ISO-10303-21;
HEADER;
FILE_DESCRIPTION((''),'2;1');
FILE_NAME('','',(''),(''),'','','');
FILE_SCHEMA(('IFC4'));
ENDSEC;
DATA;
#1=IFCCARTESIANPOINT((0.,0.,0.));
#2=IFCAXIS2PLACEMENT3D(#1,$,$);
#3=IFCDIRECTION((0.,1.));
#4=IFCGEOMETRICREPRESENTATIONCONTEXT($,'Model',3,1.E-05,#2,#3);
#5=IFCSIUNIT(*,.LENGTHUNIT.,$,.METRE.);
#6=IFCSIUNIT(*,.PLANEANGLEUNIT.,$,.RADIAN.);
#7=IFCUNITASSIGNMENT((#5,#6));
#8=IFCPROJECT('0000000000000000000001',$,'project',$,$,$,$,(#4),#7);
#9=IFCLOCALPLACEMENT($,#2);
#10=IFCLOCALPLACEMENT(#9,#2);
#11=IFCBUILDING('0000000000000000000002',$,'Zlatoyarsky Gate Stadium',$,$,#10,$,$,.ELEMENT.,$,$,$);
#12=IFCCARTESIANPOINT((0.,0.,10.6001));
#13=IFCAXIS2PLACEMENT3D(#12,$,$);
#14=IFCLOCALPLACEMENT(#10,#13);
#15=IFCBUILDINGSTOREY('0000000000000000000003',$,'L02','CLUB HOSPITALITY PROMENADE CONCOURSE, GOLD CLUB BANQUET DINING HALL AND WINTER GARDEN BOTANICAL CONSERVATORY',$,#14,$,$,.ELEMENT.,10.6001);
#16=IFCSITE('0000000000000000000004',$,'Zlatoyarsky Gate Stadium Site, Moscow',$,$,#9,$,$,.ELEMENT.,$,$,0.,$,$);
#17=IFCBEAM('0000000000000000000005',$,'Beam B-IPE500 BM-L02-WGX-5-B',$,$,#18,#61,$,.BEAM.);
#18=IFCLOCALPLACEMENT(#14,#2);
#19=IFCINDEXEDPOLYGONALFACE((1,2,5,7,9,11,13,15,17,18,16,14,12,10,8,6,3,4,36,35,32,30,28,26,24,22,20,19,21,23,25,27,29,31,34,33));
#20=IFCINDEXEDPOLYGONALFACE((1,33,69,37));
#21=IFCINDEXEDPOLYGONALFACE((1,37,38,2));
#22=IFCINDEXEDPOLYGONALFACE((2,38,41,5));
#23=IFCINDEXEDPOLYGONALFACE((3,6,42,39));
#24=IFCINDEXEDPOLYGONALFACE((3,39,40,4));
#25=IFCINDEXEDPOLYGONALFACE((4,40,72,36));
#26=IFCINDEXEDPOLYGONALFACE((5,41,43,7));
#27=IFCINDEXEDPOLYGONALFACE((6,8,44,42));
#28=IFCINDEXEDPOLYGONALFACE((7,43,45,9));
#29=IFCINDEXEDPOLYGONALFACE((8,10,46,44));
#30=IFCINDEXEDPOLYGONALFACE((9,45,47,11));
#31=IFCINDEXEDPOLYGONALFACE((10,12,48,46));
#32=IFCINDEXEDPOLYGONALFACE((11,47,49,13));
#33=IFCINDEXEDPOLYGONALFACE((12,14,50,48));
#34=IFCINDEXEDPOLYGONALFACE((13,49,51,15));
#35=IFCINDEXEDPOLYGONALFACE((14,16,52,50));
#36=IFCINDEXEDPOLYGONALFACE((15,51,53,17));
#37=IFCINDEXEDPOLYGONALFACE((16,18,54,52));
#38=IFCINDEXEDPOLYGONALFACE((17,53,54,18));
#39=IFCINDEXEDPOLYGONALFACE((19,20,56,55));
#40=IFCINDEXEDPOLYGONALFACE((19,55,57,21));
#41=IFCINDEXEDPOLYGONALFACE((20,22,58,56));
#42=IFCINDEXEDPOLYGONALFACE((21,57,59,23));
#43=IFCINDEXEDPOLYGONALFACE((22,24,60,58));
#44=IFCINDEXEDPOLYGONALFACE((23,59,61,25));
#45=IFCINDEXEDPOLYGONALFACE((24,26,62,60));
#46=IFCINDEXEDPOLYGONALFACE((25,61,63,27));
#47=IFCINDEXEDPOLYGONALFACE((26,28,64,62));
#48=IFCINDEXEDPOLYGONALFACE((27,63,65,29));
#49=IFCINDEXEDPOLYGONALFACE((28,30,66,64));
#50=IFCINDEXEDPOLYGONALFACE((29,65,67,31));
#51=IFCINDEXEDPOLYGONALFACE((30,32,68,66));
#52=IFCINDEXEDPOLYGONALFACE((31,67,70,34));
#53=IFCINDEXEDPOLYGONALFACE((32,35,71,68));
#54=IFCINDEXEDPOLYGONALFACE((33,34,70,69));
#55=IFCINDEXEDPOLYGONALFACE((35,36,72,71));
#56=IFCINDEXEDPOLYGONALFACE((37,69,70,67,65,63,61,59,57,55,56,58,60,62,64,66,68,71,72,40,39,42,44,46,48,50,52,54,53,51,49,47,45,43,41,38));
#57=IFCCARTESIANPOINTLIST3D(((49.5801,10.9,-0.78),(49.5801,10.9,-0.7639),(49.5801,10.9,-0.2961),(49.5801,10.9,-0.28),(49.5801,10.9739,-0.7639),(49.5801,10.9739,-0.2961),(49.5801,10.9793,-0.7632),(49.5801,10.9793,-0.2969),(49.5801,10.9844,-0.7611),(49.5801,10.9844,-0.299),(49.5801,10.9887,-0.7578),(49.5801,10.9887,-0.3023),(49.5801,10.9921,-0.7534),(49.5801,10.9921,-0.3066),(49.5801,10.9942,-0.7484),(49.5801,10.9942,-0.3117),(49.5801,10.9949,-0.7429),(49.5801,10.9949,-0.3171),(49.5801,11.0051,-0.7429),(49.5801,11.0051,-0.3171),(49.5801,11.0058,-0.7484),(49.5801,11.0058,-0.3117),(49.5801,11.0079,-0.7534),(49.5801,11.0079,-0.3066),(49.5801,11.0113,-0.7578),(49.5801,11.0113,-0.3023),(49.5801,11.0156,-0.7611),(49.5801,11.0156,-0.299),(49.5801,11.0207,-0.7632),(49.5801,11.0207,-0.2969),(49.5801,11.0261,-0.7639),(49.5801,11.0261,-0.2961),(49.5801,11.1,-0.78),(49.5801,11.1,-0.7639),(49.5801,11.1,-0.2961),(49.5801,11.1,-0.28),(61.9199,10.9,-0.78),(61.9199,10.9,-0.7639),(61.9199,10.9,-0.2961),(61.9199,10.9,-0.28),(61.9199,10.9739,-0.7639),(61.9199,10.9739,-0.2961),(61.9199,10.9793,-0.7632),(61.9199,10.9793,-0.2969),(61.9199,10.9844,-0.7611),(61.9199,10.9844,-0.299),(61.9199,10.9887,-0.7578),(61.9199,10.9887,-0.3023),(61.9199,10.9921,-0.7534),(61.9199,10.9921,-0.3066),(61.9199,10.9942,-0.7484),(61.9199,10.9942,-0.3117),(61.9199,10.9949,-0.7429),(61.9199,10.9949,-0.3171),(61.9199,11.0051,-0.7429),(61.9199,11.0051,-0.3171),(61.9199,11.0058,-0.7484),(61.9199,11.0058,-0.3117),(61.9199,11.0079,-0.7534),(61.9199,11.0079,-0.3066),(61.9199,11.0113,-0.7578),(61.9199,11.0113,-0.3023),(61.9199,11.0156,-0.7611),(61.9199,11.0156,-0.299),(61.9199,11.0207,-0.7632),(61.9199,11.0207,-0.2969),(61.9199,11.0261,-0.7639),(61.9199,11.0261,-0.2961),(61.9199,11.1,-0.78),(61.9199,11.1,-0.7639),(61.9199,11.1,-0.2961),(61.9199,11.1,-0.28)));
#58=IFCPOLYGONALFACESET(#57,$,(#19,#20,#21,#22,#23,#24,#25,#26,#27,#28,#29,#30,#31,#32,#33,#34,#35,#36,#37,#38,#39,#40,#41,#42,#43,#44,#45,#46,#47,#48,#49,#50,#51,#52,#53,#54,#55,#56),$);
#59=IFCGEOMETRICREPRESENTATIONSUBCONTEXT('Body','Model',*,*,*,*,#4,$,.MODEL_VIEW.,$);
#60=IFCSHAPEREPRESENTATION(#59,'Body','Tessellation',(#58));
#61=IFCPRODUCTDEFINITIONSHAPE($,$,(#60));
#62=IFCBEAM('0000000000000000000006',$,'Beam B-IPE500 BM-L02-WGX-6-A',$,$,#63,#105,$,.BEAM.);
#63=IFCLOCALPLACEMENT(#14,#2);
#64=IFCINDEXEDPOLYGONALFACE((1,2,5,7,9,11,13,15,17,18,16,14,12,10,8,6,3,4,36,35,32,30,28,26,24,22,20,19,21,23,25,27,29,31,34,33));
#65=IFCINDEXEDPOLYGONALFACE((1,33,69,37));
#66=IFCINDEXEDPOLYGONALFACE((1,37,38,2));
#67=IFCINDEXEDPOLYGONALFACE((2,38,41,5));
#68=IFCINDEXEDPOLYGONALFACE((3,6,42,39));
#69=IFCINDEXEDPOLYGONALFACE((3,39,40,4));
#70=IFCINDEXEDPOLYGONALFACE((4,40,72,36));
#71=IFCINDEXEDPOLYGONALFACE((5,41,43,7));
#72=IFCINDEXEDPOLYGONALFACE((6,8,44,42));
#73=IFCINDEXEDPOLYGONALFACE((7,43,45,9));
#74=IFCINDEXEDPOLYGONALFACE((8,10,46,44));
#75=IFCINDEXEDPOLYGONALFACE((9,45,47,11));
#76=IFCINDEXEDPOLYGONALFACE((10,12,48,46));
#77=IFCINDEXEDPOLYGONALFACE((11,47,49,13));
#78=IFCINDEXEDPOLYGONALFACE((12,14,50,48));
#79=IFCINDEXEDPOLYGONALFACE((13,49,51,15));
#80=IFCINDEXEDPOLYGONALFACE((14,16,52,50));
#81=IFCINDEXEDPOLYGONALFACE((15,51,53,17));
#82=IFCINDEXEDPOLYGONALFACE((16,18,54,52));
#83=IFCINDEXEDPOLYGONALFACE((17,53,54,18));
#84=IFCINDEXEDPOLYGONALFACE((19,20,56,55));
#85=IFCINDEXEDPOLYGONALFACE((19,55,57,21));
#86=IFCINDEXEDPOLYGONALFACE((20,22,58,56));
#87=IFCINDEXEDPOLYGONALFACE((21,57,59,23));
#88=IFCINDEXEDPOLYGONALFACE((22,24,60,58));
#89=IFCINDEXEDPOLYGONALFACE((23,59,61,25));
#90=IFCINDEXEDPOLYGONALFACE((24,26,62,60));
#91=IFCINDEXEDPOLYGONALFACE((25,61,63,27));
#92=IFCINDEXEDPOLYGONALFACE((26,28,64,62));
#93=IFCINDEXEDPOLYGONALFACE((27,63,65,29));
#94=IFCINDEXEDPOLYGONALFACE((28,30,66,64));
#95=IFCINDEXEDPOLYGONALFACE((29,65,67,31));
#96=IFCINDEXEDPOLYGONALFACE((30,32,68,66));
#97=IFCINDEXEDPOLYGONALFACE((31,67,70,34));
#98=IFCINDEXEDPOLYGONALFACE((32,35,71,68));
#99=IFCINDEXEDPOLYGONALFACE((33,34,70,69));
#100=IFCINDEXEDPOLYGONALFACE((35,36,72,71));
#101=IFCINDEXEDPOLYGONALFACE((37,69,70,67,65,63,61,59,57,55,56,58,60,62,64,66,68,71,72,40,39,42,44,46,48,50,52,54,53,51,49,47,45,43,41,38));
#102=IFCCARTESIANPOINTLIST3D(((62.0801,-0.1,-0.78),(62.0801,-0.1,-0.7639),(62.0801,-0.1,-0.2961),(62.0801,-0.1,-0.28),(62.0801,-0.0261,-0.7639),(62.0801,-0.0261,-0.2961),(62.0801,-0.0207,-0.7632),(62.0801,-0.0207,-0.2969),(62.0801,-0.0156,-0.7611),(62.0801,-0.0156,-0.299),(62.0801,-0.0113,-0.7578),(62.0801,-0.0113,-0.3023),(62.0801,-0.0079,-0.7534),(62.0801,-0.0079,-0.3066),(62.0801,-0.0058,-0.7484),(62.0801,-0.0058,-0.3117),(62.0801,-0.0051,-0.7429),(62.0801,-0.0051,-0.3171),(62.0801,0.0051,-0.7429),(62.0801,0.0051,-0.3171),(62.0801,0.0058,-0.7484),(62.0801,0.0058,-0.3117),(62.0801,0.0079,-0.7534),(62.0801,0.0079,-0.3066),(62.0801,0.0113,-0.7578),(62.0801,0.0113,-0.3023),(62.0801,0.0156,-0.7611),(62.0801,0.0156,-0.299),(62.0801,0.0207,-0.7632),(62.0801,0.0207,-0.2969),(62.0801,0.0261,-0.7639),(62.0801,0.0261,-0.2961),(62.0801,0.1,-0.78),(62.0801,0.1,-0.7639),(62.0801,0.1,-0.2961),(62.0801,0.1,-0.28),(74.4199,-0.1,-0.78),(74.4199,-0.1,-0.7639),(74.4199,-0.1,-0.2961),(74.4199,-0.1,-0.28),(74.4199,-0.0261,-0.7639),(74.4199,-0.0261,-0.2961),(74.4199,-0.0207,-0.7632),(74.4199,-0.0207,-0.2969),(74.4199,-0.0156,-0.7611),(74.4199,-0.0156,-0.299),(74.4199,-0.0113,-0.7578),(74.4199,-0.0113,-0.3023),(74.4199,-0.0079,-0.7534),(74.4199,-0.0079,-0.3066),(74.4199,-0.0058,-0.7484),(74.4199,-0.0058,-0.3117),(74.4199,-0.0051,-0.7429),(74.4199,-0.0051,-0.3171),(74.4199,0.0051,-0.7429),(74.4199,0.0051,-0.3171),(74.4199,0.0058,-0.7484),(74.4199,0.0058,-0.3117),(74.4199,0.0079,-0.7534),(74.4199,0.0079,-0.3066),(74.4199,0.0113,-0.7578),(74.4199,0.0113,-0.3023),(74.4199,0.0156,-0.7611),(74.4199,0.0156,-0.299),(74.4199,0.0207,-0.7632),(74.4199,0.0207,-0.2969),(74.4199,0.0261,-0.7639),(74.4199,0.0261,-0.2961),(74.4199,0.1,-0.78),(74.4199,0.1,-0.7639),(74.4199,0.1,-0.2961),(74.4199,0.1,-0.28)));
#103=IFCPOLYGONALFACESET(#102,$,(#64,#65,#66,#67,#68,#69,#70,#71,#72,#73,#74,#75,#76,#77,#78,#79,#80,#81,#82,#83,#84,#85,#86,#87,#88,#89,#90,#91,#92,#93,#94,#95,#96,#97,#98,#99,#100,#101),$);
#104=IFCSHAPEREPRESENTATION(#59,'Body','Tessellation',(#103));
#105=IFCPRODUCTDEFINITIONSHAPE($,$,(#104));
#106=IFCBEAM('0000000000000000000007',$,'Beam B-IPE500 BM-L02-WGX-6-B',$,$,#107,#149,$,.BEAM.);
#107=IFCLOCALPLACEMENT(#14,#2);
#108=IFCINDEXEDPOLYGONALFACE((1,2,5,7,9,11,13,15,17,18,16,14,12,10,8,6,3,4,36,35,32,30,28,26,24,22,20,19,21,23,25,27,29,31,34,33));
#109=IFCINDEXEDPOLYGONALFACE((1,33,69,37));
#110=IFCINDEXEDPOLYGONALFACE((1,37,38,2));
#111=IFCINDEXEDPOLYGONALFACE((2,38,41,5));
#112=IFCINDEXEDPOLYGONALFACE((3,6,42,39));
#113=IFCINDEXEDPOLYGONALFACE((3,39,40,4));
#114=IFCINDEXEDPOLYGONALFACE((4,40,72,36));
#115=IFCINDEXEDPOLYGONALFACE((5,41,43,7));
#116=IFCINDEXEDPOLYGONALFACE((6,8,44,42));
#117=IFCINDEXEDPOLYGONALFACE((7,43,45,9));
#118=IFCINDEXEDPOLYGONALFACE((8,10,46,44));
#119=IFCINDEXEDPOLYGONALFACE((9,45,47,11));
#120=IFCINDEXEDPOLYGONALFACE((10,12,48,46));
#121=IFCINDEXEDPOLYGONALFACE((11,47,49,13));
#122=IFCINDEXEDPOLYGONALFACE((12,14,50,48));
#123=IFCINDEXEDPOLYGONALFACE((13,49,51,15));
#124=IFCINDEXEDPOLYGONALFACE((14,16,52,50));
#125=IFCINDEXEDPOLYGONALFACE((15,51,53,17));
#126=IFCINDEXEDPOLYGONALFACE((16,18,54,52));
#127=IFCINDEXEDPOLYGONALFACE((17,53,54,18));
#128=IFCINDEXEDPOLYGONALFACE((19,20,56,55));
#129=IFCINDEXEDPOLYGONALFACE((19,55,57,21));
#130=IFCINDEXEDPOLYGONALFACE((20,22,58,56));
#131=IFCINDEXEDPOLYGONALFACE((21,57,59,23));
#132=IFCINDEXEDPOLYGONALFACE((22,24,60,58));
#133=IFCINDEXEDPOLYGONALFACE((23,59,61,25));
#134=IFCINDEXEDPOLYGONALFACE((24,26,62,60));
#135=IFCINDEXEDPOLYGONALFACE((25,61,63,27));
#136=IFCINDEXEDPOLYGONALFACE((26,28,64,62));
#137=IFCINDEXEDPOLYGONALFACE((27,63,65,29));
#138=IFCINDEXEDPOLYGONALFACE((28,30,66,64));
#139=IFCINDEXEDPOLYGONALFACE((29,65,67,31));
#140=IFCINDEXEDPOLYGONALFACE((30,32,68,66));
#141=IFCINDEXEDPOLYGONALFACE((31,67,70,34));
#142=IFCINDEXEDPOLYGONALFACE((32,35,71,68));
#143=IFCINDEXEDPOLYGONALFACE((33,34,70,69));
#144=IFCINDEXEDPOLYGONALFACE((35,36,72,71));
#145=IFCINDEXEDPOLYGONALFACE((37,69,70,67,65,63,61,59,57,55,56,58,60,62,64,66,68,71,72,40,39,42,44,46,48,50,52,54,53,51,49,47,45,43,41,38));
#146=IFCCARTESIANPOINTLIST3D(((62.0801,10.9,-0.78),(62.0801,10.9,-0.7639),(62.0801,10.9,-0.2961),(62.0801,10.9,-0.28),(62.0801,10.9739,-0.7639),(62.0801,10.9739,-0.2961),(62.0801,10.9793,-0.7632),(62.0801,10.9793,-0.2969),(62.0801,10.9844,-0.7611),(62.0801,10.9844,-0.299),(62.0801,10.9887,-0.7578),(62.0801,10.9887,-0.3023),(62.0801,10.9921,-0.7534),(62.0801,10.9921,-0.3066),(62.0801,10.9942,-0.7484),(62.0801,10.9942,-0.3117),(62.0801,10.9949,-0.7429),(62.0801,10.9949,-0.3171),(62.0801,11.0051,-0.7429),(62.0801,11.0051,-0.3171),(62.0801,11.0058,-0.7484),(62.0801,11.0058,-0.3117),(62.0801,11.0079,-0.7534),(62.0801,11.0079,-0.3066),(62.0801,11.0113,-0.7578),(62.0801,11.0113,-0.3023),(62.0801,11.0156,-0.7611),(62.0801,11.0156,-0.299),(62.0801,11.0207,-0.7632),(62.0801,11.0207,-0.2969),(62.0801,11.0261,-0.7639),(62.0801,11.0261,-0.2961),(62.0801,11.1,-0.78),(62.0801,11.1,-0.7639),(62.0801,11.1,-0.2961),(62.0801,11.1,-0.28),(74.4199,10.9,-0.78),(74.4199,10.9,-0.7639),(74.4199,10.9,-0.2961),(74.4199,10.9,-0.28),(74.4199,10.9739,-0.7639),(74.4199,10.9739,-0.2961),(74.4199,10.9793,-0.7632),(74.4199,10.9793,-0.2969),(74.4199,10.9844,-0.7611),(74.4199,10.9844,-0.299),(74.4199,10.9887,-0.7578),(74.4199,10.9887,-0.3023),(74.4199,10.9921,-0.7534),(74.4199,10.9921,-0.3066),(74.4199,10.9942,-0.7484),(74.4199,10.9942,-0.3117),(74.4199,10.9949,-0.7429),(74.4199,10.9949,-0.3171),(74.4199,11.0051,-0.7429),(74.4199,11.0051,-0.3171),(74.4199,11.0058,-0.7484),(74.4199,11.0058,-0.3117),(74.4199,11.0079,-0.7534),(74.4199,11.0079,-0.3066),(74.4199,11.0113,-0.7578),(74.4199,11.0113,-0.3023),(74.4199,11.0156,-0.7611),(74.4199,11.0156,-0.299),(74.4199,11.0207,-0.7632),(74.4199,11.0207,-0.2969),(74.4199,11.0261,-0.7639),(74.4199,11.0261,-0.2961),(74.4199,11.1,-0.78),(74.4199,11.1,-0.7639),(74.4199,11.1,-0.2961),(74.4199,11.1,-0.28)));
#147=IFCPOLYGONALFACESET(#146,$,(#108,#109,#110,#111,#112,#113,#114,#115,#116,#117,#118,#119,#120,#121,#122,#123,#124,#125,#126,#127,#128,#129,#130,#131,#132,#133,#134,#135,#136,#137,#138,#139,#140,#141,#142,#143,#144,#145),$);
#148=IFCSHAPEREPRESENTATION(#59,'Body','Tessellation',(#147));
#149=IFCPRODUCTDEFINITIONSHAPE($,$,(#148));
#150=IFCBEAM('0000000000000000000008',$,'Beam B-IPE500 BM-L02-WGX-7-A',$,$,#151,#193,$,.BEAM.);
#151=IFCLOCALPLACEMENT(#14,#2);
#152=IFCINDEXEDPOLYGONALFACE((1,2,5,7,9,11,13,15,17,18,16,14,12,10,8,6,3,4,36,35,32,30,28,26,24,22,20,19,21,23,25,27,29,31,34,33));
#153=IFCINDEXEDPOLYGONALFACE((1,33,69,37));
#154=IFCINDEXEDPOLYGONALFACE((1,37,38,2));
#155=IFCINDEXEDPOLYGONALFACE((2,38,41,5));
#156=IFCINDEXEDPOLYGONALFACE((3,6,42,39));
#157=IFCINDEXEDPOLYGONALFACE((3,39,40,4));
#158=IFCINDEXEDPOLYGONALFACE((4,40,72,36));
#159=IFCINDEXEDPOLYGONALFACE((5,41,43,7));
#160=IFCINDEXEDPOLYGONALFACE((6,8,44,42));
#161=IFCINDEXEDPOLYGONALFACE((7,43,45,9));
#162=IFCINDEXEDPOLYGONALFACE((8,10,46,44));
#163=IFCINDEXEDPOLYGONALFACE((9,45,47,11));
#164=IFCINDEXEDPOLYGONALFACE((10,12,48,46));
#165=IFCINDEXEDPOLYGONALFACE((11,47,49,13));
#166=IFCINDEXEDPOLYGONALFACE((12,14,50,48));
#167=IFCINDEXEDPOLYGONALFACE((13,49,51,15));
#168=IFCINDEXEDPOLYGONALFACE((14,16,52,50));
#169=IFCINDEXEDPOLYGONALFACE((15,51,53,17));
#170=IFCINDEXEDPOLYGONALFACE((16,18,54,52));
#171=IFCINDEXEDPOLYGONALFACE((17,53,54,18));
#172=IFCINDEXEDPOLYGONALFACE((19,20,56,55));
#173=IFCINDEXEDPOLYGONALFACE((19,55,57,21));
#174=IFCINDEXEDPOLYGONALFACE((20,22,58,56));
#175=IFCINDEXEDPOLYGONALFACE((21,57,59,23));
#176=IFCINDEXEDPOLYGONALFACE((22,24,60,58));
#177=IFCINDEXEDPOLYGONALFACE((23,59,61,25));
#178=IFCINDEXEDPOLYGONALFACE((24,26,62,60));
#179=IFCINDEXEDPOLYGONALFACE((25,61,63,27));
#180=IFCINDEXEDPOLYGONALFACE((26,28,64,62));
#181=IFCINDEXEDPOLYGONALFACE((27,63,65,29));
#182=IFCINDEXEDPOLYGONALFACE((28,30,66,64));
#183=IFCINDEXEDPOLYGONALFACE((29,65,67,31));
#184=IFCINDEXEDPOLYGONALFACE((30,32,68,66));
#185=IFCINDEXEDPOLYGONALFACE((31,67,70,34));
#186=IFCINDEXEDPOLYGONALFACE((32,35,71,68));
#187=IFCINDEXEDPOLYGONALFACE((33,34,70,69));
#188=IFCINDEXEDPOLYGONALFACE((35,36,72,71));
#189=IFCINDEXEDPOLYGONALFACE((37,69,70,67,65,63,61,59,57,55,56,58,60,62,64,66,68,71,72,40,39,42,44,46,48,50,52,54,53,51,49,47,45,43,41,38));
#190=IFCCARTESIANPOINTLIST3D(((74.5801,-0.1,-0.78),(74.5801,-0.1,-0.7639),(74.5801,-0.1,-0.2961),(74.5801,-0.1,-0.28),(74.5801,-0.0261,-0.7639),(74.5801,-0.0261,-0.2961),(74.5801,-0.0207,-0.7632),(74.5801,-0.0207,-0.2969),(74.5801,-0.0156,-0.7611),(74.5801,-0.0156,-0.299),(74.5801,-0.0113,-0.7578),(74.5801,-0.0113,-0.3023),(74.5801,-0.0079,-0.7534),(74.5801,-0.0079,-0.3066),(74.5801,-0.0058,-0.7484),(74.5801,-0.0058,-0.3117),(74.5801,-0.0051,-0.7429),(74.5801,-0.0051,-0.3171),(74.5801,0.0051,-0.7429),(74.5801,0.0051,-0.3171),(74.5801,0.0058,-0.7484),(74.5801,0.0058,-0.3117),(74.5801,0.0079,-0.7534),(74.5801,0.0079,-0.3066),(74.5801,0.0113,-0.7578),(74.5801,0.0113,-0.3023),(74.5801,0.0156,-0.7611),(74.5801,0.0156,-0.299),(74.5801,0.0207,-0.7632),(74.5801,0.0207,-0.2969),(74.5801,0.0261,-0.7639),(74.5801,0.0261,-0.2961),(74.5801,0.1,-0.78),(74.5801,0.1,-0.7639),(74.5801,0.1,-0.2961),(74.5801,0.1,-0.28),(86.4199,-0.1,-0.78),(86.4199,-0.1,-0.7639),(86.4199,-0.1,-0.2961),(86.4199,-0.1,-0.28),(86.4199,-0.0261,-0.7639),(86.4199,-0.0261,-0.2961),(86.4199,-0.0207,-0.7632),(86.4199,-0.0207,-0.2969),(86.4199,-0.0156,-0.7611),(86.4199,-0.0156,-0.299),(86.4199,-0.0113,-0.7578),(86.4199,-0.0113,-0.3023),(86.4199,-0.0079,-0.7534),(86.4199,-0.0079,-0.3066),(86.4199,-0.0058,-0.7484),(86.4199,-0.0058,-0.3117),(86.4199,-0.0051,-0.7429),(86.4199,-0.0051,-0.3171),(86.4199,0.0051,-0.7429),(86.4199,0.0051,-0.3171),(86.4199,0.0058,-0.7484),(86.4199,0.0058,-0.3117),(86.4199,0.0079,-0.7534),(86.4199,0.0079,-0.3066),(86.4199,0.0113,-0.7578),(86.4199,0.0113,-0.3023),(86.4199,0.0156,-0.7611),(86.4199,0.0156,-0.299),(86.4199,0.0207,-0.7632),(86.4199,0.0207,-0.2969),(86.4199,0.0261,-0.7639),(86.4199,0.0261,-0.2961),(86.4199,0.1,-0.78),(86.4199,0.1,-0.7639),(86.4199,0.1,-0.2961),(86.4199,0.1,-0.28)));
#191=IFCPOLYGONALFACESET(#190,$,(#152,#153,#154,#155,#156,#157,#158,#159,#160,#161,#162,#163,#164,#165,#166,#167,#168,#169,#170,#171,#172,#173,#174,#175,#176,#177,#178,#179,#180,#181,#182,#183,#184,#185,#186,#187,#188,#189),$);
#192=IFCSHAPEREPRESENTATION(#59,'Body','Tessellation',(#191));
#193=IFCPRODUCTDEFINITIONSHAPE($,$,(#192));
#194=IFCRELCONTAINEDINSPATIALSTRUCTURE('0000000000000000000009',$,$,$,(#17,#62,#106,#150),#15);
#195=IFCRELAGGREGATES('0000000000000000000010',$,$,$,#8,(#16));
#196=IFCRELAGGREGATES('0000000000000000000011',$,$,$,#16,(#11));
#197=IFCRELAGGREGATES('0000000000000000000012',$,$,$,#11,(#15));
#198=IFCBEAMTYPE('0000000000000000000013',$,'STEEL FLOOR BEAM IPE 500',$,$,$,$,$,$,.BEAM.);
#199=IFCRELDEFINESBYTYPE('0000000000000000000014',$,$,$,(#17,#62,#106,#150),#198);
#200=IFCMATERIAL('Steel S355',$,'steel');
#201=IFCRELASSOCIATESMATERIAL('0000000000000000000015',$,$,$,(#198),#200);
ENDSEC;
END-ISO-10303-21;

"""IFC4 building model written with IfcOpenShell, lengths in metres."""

from ifc_helpers import new_model, si_unit, direction, frame, origin, origin_2d, place, context, subcontext, project, spatial, i_section, extrude, material, material_profile, profile_set, type_object, element, save


model = new_model("IFC4")

# Units and contexts
model_context = context("Model", 3, precision=1e-05, world=origin(), true_north=direction((0.0, 1.0)))
body_context = subcontext(model_context, "Body", "Model", "MODEL_VIEW")
ifc_project = project(units=[si_unit("LENGTHUNIT", "METRE"), si_unit("PLANEANGLEUNIT", "RADIAN")], contexts=[model_context])

# Site, building, storey
site_placement = place(None, origin())
site = spatial("IfcSite", under=ifc_project, at=site_placement, Name="Zlatoyarsky Gate Stadium Site, Moscow", CompositionType="ELEMENT", RefElevation=0.0)
building_placement = place(site_placement, origin())
building = spatial("IfcBuilding", under=site, at=building_placement, Name="Zlatoyarsky Gate Stadium", CompositionType="ELEMENT")
storey_placement = place(building_placement, frame((0.0, 0.0, 10.6001)))
storey = spatial("IfcBuildingStorey", under=building, at=storey_placement, Name="L02", Description="CLUB HOSPITALITY PROMENADE CONCOURSE, GOLD CLUB BANQUET DINING HALL AND WINTER GARDEN BOTANICAL CONSERVATORY", CompositionType="ELEMENT", Elevation=10.6001)

# Shared definitions
ifc_material_1 = material(Name="Steel S355", Category="steel")

# Beams
ifc_material_profile_1 = material_profile(ifc_material_1, i_section(OverallWidth=0.2, OverallDepth=0.5, WebThickness=0.0103, FlangeThickness=0.0161, FilletRadius=0.021, at=origin_2d()), Name="IPE 500")
ifc_profile_set_1 = profile_set([ifc_material_profile_1], Name="Steel S355")
beam_type_1 = type_object("IfcBeamType", Name="STEEL FLOOR BEAM IPE 500", PredefinedType="BEAM", material=ifc_profile_set_1)
for number, where, z_axis, x_axis, name in (
    (1, (49.5801, 11.0, -0.53), (1.0, 0.0, 0.0), (0.0, 1.0, 0.0), "Beam B-IPE500 BM-L02-WGX-5-B"),
    (2, (62.0801, 0.0, -0.53), (1.0, 0.0, 0.0), (0.0, 1.0, 0.0), "Beam B-IPE500 BM-L02-WGX-6-A"),
    (3, (62.0801, 11.0, -0.53), (1.0, 0.0, 0.0), (0.0, 1.0, 0.0), "Beam B-IPE500 BM-L02-WGX-6-B"),
):
    element("IfcBeam", number, at=place(storey_placement, frame(where, z_axis=z_axis, x_axis=x_axis)), inside=storey, type_object=beam_type_1, Name=name, PredefinedType="BEAM", context=body_context, shape_type="SweptSolid", body=[
        extrude(i_section(OverallWidth=0.2, OverallDepth=0.5, WebThickness=0.0103, FlangeThickness=0.0161, FilletRadius=0.021, at=origin_2d()), origin(), (0.0, 0.0, 1.0), 12.3398),
    ])
beam_placement = place(storey_placement, frame((74.5801, 0.0, -0.53), z_axis=(1.0, 0.0, 0.0), x_axis=(0.0, 1.0, 0.0)))
element("IfcBeam", 4, at=beam_placement, inside=storey, type_object=beam_type_1, Name="Beam B-IPE500 BM-L02-WGX-7-A", PredefinedType="BEAM", context=body_context, shape_type="SweptSolid", body=[
    extrude(i_section(OverallWidth=0.2, OverallDepth=0.5, WebThickness=0.0103, FlangeThickness=0.0161, FilletRadius=0.021, at=origin_2d()), origin(), (0.0, 0.0, 1.0), 11.8398),
])

save(model, "model.ifc")
